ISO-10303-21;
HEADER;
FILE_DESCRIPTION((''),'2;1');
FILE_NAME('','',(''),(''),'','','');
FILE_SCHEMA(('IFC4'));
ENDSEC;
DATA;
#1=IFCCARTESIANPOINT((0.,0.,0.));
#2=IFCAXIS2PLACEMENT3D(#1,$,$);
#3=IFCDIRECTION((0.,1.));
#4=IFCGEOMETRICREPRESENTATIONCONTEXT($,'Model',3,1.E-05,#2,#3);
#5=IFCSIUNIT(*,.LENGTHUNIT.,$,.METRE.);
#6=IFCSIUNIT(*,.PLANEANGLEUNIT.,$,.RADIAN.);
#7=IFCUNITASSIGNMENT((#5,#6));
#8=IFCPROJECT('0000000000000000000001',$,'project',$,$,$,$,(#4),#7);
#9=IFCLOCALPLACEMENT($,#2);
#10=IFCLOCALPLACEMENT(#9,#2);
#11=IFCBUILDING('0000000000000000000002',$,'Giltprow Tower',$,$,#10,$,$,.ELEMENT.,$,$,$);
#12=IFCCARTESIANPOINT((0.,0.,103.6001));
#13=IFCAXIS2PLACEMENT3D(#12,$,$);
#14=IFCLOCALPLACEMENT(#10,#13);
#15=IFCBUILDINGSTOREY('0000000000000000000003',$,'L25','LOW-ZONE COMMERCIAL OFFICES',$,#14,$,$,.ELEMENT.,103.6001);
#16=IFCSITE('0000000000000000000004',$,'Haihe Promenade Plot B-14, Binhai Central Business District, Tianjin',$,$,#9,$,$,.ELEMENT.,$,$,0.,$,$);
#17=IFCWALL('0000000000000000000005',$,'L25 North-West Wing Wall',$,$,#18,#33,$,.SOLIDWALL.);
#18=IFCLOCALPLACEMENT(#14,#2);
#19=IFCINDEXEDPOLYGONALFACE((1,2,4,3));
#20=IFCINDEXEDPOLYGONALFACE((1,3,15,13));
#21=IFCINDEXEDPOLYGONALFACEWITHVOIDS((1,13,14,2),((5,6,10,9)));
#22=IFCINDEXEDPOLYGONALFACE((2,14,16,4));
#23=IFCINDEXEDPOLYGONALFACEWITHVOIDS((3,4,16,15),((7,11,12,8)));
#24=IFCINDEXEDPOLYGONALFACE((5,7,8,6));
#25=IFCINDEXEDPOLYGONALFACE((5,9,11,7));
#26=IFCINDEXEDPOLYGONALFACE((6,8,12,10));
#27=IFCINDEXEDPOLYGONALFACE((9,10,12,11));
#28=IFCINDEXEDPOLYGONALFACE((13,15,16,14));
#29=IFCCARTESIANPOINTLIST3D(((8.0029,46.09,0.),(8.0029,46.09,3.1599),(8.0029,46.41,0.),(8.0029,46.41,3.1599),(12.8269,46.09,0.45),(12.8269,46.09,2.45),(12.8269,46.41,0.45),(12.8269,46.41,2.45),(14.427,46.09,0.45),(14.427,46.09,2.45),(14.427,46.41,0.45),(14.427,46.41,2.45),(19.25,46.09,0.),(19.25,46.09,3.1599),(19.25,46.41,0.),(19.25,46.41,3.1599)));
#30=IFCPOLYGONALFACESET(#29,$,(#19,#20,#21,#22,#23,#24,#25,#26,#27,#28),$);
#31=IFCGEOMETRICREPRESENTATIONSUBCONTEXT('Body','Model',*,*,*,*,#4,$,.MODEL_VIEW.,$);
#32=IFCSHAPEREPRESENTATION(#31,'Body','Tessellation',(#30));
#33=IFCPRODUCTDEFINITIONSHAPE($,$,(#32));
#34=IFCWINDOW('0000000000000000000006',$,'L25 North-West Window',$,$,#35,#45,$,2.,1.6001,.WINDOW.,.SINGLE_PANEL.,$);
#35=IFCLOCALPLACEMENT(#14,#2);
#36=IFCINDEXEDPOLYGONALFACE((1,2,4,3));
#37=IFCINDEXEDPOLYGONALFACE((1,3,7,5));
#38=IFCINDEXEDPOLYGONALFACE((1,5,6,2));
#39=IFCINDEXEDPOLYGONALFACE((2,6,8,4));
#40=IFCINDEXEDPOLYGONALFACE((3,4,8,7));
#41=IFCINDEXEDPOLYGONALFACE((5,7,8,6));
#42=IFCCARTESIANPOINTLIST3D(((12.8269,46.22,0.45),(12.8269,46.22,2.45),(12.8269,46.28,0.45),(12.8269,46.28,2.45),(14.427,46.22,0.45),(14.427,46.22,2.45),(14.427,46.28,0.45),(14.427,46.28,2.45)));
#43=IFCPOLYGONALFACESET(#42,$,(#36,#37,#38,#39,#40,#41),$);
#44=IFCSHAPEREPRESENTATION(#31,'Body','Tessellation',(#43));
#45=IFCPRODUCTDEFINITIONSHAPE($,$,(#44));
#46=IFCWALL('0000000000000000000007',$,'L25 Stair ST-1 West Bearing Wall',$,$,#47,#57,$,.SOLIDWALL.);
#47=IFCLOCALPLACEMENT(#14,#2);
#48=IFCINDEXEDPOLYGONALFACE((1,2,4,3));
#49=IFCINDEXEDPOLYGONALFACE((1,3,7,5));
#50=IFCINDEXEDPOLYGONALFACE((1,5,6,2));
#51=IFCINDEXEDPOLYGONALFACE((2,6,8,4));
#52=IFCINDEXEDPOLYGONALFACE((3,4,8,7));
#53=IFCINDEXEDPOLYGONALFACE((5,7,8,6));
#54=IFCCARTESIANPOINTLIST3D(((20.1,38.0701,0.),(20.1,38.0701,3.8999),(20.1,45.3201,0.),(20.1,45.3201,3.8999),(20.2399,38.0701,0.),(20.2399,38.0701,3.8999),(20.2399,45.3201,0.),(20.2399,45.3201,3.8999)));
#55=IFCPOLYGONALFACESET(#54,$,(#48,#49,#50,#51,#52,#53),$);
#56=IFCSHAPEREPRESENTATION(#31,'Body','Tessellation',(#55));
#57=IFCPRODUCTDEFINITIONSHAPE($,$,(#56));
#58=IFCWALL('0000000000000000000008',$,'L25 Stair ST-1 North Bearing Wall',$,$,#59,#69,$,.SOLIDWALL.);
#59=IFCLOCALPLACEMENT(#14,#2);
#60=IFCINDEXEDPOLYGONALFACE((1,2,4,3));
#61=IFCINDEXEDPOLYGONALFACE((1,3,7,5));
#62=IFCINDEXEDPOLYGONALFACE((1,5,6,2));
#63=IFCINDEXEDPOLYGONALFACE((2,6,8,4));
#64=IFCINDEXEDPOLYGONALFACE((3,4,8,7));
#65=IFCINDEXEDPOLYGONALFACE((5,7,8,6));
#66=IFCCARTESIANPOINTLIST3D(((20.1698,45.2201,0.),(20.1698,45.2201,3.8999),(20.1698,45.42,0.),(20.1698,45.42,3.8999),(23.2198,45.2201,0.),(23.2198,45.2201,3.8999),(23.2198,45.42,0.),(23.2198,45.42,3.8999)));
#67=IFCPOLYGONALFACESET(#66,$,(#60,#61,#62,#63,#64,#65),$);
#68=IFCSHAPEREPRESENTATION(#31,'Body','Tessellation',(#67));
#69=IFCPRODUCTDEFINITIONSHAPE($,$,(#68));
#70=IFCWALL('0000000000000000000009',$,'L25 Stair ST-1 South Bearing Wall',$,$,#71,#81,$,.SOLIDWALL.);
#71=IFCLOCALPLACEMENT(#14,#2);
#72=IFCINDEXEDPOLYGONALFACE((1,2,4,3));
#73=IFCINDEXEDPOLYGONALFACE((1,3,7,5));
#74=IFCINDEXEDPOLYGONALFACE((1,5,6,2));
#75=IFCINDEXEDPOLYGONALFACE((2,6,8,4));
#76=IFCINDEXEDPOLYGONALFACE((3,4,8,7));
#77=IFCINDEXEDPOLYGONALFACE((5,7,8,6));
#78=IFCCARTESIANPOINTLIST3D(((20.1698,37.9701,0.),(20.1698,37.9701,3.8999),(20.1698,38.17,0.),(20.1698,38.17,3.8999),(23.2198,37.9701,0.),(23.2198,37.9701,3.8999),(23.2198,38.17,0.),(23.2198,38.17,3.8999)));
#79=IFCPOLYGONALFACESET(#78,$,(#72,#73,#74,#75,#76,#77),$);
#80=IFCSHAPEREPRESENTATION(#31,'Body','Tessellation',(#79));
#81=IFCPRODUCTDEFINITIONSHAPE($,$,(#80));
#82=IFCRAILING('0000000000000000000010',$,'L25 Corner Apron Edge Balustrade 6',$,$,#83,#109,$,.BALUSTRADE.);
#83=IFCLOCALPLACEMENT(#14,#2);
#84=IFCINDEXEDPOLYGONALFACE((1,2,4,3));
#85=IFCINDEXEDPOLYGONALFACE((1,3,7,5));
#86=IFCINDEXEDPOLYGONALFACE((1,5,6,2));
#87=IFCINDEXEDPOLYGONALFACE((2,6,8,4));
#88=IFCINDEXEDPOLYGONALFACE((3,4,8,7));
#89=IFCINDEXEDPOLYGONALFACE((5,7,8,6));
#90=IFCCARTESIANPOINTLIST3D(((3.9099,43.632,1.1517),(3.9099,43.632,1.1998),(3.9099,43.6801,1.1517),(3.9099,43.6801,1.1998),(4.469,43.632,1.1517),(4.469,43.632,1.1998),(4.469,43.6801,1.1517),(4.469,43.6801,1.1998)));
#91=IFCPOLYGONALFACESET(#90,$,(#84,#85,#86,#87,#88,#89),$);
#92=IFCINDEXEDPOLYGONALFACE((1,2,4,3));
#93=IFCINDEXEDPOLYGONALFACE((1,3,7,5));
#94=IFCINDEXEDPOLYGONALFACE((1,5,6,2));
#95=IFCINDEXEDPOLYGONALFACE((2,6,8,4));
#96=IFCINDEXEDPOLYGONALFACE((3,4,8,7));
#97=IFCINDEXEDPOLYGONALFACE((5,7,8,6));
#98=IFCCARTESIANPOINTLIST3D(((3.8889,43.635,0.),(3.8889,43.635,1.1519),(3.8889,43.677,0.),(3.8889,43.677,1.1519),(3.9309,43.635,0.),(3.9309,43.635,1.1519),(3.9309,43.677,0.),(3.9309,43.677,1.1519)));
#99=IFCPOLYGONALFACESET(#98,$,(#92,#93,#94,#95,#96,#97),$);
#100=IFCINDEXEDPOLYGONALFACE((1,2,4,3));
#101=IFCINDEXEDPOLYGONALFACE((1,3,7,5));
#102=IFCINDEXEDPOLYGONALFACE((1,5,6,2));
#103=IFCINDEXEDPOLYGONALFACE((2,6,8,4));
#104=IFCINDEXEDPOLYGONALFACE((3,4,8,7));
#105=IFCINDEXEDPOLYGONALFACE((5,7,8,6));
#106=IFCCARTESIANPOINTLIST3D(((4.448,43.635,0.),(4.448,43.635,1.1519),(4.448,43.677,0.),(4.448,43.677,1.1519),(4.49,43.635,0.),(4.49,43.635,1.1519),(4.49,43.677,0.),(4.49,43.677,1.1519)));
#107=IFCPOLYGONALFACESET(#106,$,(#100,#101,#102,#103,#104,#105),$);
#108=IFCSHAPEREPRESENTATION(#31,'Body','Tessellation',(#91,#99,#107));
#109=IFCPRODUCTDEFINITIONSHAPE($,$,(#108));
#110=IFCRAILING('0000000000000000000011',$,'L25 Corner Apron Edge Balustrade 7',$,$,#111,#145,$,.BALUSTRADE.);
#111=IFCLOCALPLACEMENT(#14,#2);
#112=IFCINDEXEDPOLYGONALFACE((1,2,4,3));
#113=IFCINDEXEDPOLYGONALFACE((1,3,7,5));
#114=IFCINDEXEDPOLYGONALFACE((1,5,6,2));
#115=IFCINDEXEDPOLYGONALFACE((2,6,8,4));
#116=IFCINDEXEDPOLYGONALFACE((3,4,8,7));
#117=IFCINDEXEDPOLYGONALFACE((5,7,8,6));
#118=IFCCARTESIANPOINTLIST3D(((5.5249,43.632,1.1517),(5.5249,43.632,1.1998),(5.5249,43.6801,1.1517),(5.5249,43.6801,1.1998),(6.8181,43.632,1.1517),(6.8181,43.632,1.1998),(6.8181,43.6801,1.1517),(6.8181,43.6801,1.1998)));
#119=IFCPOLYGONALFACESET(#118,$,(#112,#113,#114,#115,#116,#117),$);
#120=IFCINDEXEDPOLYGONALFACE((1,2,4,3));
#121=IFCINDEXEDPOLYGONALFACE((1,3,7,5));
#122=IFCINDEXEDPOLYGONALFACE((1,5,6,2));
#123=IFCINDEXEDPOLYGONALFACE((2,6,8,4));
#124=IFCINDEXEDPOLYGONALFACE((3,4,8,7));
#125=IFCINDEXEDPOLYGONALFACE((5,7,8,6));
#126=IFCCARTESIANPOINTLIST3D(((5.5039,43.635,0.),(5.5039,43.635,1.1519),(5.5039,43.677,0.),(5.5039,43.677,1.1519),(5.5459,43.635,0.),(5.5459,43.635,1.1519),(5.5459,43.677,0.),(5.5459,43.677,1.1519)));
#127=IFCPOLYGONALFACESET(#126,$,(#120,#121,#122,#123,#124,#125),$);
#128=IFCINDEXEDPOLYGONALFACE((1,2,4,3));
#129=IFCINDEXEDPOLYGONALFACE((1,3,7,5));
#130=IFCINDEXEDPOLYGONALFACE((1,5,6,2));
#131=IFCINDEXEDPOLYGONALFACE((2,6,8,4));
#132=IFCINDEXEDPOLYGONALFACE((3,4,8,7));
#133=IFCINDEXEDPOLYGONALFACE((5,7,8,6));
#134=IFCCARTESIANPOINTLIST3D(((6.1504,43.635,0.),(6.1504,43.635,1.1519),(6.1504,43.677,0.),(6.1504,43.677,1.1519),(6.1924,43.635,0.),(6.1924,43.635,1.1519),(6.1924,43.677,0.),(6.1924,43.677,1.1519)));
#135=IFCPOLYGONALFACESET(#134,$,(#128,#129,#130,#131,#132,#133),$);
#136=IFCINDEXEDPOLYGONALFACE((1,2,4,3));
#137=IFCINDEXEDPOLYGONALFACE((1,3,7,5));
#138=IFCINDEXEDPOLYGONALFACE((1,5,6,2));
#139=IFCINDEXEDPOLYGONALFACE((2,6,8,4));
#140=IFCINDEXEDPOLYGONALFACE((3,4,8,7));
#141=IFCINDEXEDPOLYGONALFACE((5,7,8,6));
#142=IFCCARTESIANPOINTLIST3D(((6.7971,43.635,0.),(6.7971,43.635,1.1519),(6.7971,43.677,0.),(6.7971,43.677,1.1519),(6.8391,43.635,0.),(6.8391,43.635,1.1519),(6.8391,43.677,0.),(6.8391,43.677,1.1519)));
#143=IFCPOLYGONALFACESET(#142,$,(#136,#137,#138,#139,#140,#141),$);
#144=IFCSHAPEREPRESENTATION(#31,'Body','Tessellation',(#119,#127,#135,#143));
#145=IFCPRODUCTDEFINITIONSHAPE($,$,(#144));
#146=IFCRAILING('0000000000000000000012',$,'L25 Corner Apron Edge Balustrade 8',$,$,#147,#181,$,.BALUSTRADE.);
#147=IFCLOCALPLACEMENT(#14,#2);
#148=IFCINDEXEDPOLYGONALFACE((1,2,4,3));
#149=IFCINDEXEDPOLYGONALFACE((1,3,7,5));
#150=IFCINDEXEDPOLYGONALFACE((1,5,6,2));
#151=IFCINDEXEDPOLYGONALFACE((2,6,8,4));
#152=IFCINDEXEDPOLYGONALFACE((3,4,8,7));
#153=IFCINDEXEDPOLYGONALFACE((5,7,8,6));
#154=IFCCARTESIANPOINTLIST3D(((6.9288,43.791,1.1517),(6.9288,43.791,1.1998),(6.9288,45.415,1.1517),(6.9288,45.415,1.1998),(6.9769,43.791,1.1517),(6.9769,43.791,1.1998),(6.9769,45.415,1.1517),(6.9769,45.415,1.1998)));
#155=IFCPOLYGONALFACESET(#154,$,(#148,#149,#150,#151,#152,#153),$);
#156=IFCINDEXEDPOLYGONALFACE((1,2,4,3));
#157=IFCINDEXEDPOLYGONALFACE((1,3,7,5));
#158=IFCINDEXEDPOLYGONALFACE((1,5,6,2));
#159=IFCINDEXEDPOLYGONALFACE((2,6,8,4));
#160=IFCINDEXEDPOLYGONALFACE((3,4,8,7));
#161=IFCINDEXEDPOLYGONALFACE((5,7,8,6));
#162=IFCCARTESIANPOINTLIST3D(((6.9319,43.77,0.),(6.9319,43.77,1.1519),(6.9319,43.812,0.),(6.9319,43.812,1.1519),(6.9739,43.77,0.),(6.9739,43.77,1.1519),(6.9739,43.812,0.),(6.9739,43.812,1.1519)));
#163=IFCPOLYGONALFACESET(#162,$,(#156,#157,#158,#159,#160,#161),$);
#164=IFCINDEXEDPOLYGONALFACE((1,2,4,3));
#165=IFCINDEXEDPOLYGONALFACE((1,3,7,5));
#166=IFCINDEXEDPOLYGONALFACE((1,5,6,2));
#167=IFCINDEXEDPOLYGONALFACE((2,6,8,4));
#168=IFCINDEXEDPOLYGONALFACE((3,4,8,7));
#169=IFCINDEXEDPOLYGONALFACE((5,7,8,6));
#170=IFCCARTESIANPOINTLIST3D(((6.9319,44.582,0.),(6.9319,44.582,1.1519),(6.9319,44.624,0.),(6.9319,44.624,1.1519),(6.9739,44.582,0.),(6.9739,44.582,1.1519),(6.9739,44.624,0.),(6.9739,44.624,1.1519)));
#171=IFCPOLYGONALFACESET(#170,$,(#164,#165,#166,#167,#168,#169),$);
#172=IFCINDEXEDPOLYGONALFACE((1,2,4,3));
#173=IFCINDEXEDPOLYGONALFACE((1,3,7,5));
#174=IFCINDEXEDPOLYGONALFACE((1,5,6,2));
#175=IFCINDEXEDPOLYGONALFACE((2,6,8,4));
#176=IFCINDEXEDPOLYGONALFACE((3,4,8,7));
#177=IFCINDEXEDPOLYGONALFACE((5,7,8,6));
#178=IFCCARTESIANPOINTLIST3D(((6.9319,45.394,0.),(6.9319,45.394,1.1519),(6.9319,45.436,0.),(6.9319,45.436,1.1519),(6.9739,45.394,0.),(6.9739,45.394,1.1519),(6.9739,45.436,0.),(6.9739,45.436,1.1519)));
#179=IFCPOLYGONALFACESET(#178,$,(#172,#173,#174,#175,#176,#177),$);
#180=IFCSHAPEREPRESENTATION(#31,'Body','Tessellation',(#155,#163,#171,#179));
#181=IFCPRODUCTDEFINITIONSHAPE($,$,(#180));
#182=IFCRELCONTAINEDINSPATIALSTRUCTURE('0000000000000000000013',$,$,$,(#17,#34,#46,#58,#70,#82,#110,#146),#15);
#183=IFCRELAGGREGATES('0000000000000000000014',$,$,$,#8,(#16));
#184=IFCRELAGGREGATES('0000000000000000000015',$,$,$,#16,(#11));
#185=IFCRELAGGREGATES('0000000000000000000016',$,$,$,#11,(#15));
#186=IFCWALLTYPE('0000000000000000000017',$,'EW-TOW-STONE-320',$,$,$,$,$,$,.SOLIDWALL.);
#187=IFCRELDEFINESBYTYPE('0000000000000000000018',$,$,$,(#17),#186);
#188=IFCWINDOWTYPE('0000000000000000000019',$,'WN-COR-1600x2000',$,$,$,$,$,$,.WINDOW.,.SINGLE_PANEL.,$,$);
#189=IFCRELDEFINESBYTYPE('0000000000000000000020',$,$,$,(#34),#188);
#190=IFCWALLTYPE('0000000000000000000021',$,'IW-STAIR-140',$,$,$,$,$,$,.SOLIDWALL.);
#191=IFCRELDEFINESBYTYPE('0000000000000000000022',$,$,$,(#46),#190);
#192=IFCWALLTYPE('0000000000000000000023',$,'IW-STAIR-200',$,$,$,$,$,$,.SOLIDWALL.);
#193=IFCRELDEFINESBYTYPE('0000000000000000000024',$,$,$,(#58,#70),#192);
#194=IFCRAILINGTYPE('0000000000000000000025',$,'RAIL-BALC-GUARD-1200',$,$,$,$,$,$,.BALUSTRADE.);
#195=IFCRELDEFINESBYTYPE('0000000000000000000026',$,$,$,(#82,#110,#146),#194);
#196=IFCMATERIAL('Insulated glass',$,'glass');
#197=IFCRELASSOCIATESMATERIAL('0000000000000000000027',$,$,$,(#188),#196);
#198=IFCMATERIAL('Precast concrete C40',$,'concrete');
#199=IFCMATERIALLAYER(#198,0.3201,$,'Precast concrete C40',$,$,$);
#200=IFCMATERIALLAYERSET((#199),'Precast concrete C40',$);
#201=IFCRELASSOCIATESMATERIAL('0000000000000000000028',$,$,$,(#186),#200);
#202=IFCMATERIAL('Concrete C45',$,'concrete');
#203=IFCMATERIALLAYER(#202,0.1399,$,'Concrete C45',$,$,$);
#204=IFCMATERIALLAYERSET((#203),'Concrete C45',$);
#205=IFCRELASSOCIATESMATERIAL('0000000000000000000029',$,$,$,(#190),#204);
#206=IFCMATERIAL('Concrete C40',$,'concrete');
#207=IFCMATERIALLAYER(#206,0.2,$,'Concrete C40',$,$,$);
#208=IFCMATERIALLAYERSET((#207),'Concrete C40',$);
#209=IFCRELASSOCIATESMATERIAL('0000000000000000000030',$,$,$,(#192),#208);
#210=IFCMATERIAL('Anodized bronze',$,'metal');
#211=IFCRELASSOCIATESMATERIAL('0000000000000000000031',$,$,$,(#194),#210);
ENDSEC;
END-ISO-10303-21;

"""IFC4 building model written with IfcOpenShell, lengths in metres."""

from ifc_helpers import new_model, si_unit, direction, frame, frame_2d, origin, origin_2d, place, context, subcontext, project, spatial, rectangle, extrude, source, transform, mapped, material, layer, layer_set, type_object, element, fill, save


model = new_model("IFC4")

# Units and contexts
model_context = context("Model", 3, precision=1e-05, world=origin(), true_north=direction((0.0, 1.0)))
body_context = subcontext(model_context, "Body", "Model", "MODEL_VIEW")
ifc_project = project(units=[si_unit("LENGTHUNIT", "METRE"), si_unit("PLANEANGLEUNIT", "RADIAN")], contexts=[model_context])

# Site, building, storey
site_placement = place(None, origin())
site = spatial("IfcSite", under=ifc_project, at=site_placement, Name="Haihe Promenade Plot B-14, Binhai Central Business District, Tianjin", CompositionType="ELEMENT", RefElevation=0.0)
building_placement = place(site_placement, origin())
building = spatial("IfcBuilding", under=site, at=building_placement, Name="Giltprow Tower", CompositionType="ELEMENT")
storey_placement = place(building_placement, frame((0.0, 0.0, 103.6001)))
storey = spatial("IfcBuildingStorey", under=building, at=storey_placement, Name="L25", Description="LOW-ZONE COMMERCIAL OFFICES", CompositionType="ELEMENT", Elevation=103.6001)

# Wall, opening, window
ifc_material_1 = material(Name="Precast concrete C40", Category="concrete")
ifc_material_2 = material(Name="Insulated glass", Category="glass")
window_type = type_object("IfcWindowType", Name="WN-COR-1600x2000", PartitioningType="SINGLE_PANEL", PredefinedType="WINDOW", material=ifc_material_2)
shared_shape_1 = source(origin(), body_context, "Body", "SweptSolid", [
    extrude(rectangle(XDim=1.6001, YDim=2.0, at=frame_2d((0.8, 1.0))), frame((0.0, 0.03, 0.0), z_axis=(0.0, -1.0, 0.0), x_axis=(1.0, 0.0, 0.0)), (0.0, 0.0, 1.0), 0.0601),
])
ifc_layer_1 = layer(ifc_material_1, 0.3201, Name="Precast concrete C40")
ifc_layer_set_1 = layer_set([ifc_layer_1], Name="Precast concrete C40")
wall_type_1 = type_object("IfcWallType", Name="EW-TOW-STONE-320", PredefinedType="SOLIDWALL", material=ifc_layer_set_1)
wall_1_placement = place(storey_placement, frame((8.0029, 46.25, 0.0), z_axis=(0.0, 0.0, 1.0), x_axis=(1.0, 0.0, 0.0)))
wall_1 = element("IfcWall", 1, at=wall_1_placement, inside=storey, type_object=wall_type_1, Name="L25 North-West Wing Wall", PredefinedType="SOLIDWALL", context=body_context, shape_type="SweptSolid", body=[
    extrude(rectangle(XDim=11.2471, YDim=0.3201, at=frame_2d((5.6235, 0.0))), origin(), (0.0, 0.0, 1.0), 3.1599),
])
opening_1_placement = place(wall_1_placement, frame((4.824, 0.0, 0.45)))
opening_1 = element("IfcOpeningElement", 2, at=opening_1_placement, cuts=wall_1, PredefinedType="OPENING", context=body_context, shape_type="SweptSolid", body=[
    extrude(rectangle(XDim=1.6001, YDim=2.0, at=frame_2d((0.8, 1.0))), frame((0.0, 0.1699, 0.0), z_axis=(0.0, -1.0, 0.0), x_axis=(1.0, 0.0, 0.0)), (0.0, 0.0, 1.0), 0.3401),
])
window_1_placement = place(opening_1_placement, origin())
window_1 = element("IfcWindow", 3, at=window_1_placement, inside=storey, type_object=window_type, Name="L25 North-West Window", OverallHeight=2.0, OverallWidth=1.6001, PartitioningType="SINGLE_PANEL", PredefinedType="WINDOW", context=body_context, shape_type="MappedRepresentation", body=[
    mapped(shared_shape_1, transform((0.0, 0.0, 0.0), x_axis=(1.0, 0.0, 0.0), y_axis=(0.0, 1.0, 0.0), z_axis=(0.0, 0.0, 1.0), scale=1.0)),
])
fill(opening_1, window_1)

# Walls
ifc_material_3 = material(Name="Concrete C45", Category="concrete")
ifc_layer_2 = layer(ifc_material_3, 0.1399, Name="Concrete C45")
ifc_layer_set_2 = layer_set([ifc_layer_2], Name="Concrete C45")
wall_type_2 = type_object("IfcWallType", Name="IW-STAIR-140", PredefinedType="SOLIDWALL", material=ifc_layer_set_2)
wall_2_placement = place(storey_placement, frame((20.1699, 38.0701, 0.0), z_axis=(0.0, 0.0, 1.0), x_axis=(0.0, 1.0, 0.0)))
element("IfcWall", 4, at=wall_2_placement, inside=storey, type_object=wall_type_2, Name="L25 Stair ST-1 West Bearing Wall", PredefinedType="SOLIDWALL", context=body_context, shape_type="SweptSolid", body=[
    extrude(rectangle(XDim=7.25, YDim=0.1399, at=frame_2d((3.625, 0.0))), origin(), (0.0, 0.0, 1.0), 3.8999),
])
ifc_material_4 = material(Name="Concrete C40", Category="concrete")
ifc_layer_3 = layer(ifc_material_4, 0.2, Name="Concrete C40")
ifc_layer_set_3 = layer_set([ifc_layer_3], Name="Concrete C40")
wall_type_3 = type_object("IfcWallType", Name="IW-STAIR-200", PredefinedType="SOLIDWALL", material=ifc_layer_set_3)
for number, where, z_axis, x_axis, name in (
    (5, (20.1699, 45.3201, 0.0), (0.0, 0.0, 1.0), (1.0, 0.0, 0.0), "L25 Stair ST-1 North Bearing Wall"),
    (6, (20.1699, 38.0701, 0.0), (0.0, 0.0, 1.0), (1.0, 0.0, 0.0), "L25 Stair ST-1 South Bearing Wall"),
):
    element("IfcWall", number, at=place(storey_placement, frame(where, z_axis=z_axis, x_axis=x_axis)), inside=storey, type_object=wall_type_3, Name=name, PredefinedType="SOLIDWALL", context=body_context, shape_type="SweptSolid", body=[
        extrude(rectangle(XDim=3.05, YDim=0.2, at=frame_2d((1.5249, 0.0))), origin(), (0.0, 0.0, 1.0), 3.8999),
    ])

# Railings
ifc_material_5 = material(Name="Anodized bronze", Category="metal")
railing_type_1 = type_object("IfcRailingType", Name="RAIL-BALC-GUARD-1200", PredefinedType="BALUSTRADE", material=ifc_material_5)
railing_1_placement = place(storey_placement, frame((3.9099, 43.656, 0.0)))
element("IfcRailing", 7, at=railing_1_placement, inside=storey, type_object=railing_type_1, Name="L25 Corner Apron Edge Balustrade 6", PredefinedType="BALUSTRADE", context=body_context, shape_type="SweptSolid", body=[
    extrude(rectangle(XDim=0.0481, YDim=0.0481, at=origin_2d()), frame((0.0, 0.0, 1.1758), z_axis=(1.0, 0.0, 0.0), x_axis=(0.0, 1.0, 0.0)), (0.0, 0.0, 1.0), 0.5591),
    extrude(rectangle(XDim=0.042, YDim=0.042, at=origin_2d()), origin(), (0.0, 0.0, 1.0), 1.1519),
    extrude(rectangle(XDim=0.042, YDim=0.042, at=origin_2d()), frame((0.5591, 0.0, 0.0)), (0.0, 0.0, 1.0), 1.1519),
])
railing_2_placement = place(storey_placement, frame((5.5249, 43.656, 0.0)))
element("IfcRailing", 8, at=railing_2_placement, inside=storey, type_object=railing_type_1, Name="L25 Corner Apron Edge Balustrade 7", PredefinedType="BALUSTRADE", context=body_context, shape_type="SweptSolid", body=[
    extrude(rectangle(XDim=0.0481, YDim=0.0481, at=origin_2d()), frame((0.0, 0.0, 1.1758), z_axis=(1.0, 0.0, 0.0), x_axis=(0.0, 1.0, 0.0)), (0.0, 0.0, 1.0), 1.2932),
    extrude(rectangle(XDim=0.042, YDim=0.042, at=origin_2d()), origin(), (0.0, 0.0, 1.0), 1.1519),
    extrude(rectangle(XDim=0.042, YDim=0.042, at=origin_2d()), frame((0.6465, 0.0, 0.0)), (0.0, 0.0, 1.0), 1.1519),
    extrude(rectangle(XDim=0.042, YDim=0.042, at=origin_2d()), frame((1.2932, 0.0, 0.0)), (0.0, 0.0, 1.0), 1.1519),
])
railing_3_placement = place(storey_placement, frame((6.9529, 43.791, 0.0)))
element("IfcRailing", 9, at=railing_3_placement, inside=storey, type_object=railing_type_1, Name="L25 Corner Apron Edge Balustrade 8", PredefinedType="BALUSTRADE", context=body_context, shape_type="SweptSolid", body=[
    extrude(rectangle(XDim=0.0481, YDim=0.0481, at=origin_2d()), frame((0.0, 0.0, 1.1758), z_axis=(0.0, 1.0, 0.0), x_axis=(-1.0, 0.0, 0.0)), (0.0, 0.0, 1.0), 1.624),
    extrude(rectangle(XDim=0.042, YDim=0.042, at=origin_2d()), origin(), (0.0, 0.0, 1.0), 1.1519),
    extrude(rectangle(XDim=0.042, YDim=0.042, at=origin_2d()), frame((0.0, 0.812, 0.0)), (0.0, 0.0, 1.0), 1.1519),
    extrude(rectangle(XDim=0.042, YDim=0.042, at=origin_2d()), frame((0.0, 1.624, 0.0)), (0.0, 0.0, 1.0), 1.1519),
])

save(model, "model.ifc")
